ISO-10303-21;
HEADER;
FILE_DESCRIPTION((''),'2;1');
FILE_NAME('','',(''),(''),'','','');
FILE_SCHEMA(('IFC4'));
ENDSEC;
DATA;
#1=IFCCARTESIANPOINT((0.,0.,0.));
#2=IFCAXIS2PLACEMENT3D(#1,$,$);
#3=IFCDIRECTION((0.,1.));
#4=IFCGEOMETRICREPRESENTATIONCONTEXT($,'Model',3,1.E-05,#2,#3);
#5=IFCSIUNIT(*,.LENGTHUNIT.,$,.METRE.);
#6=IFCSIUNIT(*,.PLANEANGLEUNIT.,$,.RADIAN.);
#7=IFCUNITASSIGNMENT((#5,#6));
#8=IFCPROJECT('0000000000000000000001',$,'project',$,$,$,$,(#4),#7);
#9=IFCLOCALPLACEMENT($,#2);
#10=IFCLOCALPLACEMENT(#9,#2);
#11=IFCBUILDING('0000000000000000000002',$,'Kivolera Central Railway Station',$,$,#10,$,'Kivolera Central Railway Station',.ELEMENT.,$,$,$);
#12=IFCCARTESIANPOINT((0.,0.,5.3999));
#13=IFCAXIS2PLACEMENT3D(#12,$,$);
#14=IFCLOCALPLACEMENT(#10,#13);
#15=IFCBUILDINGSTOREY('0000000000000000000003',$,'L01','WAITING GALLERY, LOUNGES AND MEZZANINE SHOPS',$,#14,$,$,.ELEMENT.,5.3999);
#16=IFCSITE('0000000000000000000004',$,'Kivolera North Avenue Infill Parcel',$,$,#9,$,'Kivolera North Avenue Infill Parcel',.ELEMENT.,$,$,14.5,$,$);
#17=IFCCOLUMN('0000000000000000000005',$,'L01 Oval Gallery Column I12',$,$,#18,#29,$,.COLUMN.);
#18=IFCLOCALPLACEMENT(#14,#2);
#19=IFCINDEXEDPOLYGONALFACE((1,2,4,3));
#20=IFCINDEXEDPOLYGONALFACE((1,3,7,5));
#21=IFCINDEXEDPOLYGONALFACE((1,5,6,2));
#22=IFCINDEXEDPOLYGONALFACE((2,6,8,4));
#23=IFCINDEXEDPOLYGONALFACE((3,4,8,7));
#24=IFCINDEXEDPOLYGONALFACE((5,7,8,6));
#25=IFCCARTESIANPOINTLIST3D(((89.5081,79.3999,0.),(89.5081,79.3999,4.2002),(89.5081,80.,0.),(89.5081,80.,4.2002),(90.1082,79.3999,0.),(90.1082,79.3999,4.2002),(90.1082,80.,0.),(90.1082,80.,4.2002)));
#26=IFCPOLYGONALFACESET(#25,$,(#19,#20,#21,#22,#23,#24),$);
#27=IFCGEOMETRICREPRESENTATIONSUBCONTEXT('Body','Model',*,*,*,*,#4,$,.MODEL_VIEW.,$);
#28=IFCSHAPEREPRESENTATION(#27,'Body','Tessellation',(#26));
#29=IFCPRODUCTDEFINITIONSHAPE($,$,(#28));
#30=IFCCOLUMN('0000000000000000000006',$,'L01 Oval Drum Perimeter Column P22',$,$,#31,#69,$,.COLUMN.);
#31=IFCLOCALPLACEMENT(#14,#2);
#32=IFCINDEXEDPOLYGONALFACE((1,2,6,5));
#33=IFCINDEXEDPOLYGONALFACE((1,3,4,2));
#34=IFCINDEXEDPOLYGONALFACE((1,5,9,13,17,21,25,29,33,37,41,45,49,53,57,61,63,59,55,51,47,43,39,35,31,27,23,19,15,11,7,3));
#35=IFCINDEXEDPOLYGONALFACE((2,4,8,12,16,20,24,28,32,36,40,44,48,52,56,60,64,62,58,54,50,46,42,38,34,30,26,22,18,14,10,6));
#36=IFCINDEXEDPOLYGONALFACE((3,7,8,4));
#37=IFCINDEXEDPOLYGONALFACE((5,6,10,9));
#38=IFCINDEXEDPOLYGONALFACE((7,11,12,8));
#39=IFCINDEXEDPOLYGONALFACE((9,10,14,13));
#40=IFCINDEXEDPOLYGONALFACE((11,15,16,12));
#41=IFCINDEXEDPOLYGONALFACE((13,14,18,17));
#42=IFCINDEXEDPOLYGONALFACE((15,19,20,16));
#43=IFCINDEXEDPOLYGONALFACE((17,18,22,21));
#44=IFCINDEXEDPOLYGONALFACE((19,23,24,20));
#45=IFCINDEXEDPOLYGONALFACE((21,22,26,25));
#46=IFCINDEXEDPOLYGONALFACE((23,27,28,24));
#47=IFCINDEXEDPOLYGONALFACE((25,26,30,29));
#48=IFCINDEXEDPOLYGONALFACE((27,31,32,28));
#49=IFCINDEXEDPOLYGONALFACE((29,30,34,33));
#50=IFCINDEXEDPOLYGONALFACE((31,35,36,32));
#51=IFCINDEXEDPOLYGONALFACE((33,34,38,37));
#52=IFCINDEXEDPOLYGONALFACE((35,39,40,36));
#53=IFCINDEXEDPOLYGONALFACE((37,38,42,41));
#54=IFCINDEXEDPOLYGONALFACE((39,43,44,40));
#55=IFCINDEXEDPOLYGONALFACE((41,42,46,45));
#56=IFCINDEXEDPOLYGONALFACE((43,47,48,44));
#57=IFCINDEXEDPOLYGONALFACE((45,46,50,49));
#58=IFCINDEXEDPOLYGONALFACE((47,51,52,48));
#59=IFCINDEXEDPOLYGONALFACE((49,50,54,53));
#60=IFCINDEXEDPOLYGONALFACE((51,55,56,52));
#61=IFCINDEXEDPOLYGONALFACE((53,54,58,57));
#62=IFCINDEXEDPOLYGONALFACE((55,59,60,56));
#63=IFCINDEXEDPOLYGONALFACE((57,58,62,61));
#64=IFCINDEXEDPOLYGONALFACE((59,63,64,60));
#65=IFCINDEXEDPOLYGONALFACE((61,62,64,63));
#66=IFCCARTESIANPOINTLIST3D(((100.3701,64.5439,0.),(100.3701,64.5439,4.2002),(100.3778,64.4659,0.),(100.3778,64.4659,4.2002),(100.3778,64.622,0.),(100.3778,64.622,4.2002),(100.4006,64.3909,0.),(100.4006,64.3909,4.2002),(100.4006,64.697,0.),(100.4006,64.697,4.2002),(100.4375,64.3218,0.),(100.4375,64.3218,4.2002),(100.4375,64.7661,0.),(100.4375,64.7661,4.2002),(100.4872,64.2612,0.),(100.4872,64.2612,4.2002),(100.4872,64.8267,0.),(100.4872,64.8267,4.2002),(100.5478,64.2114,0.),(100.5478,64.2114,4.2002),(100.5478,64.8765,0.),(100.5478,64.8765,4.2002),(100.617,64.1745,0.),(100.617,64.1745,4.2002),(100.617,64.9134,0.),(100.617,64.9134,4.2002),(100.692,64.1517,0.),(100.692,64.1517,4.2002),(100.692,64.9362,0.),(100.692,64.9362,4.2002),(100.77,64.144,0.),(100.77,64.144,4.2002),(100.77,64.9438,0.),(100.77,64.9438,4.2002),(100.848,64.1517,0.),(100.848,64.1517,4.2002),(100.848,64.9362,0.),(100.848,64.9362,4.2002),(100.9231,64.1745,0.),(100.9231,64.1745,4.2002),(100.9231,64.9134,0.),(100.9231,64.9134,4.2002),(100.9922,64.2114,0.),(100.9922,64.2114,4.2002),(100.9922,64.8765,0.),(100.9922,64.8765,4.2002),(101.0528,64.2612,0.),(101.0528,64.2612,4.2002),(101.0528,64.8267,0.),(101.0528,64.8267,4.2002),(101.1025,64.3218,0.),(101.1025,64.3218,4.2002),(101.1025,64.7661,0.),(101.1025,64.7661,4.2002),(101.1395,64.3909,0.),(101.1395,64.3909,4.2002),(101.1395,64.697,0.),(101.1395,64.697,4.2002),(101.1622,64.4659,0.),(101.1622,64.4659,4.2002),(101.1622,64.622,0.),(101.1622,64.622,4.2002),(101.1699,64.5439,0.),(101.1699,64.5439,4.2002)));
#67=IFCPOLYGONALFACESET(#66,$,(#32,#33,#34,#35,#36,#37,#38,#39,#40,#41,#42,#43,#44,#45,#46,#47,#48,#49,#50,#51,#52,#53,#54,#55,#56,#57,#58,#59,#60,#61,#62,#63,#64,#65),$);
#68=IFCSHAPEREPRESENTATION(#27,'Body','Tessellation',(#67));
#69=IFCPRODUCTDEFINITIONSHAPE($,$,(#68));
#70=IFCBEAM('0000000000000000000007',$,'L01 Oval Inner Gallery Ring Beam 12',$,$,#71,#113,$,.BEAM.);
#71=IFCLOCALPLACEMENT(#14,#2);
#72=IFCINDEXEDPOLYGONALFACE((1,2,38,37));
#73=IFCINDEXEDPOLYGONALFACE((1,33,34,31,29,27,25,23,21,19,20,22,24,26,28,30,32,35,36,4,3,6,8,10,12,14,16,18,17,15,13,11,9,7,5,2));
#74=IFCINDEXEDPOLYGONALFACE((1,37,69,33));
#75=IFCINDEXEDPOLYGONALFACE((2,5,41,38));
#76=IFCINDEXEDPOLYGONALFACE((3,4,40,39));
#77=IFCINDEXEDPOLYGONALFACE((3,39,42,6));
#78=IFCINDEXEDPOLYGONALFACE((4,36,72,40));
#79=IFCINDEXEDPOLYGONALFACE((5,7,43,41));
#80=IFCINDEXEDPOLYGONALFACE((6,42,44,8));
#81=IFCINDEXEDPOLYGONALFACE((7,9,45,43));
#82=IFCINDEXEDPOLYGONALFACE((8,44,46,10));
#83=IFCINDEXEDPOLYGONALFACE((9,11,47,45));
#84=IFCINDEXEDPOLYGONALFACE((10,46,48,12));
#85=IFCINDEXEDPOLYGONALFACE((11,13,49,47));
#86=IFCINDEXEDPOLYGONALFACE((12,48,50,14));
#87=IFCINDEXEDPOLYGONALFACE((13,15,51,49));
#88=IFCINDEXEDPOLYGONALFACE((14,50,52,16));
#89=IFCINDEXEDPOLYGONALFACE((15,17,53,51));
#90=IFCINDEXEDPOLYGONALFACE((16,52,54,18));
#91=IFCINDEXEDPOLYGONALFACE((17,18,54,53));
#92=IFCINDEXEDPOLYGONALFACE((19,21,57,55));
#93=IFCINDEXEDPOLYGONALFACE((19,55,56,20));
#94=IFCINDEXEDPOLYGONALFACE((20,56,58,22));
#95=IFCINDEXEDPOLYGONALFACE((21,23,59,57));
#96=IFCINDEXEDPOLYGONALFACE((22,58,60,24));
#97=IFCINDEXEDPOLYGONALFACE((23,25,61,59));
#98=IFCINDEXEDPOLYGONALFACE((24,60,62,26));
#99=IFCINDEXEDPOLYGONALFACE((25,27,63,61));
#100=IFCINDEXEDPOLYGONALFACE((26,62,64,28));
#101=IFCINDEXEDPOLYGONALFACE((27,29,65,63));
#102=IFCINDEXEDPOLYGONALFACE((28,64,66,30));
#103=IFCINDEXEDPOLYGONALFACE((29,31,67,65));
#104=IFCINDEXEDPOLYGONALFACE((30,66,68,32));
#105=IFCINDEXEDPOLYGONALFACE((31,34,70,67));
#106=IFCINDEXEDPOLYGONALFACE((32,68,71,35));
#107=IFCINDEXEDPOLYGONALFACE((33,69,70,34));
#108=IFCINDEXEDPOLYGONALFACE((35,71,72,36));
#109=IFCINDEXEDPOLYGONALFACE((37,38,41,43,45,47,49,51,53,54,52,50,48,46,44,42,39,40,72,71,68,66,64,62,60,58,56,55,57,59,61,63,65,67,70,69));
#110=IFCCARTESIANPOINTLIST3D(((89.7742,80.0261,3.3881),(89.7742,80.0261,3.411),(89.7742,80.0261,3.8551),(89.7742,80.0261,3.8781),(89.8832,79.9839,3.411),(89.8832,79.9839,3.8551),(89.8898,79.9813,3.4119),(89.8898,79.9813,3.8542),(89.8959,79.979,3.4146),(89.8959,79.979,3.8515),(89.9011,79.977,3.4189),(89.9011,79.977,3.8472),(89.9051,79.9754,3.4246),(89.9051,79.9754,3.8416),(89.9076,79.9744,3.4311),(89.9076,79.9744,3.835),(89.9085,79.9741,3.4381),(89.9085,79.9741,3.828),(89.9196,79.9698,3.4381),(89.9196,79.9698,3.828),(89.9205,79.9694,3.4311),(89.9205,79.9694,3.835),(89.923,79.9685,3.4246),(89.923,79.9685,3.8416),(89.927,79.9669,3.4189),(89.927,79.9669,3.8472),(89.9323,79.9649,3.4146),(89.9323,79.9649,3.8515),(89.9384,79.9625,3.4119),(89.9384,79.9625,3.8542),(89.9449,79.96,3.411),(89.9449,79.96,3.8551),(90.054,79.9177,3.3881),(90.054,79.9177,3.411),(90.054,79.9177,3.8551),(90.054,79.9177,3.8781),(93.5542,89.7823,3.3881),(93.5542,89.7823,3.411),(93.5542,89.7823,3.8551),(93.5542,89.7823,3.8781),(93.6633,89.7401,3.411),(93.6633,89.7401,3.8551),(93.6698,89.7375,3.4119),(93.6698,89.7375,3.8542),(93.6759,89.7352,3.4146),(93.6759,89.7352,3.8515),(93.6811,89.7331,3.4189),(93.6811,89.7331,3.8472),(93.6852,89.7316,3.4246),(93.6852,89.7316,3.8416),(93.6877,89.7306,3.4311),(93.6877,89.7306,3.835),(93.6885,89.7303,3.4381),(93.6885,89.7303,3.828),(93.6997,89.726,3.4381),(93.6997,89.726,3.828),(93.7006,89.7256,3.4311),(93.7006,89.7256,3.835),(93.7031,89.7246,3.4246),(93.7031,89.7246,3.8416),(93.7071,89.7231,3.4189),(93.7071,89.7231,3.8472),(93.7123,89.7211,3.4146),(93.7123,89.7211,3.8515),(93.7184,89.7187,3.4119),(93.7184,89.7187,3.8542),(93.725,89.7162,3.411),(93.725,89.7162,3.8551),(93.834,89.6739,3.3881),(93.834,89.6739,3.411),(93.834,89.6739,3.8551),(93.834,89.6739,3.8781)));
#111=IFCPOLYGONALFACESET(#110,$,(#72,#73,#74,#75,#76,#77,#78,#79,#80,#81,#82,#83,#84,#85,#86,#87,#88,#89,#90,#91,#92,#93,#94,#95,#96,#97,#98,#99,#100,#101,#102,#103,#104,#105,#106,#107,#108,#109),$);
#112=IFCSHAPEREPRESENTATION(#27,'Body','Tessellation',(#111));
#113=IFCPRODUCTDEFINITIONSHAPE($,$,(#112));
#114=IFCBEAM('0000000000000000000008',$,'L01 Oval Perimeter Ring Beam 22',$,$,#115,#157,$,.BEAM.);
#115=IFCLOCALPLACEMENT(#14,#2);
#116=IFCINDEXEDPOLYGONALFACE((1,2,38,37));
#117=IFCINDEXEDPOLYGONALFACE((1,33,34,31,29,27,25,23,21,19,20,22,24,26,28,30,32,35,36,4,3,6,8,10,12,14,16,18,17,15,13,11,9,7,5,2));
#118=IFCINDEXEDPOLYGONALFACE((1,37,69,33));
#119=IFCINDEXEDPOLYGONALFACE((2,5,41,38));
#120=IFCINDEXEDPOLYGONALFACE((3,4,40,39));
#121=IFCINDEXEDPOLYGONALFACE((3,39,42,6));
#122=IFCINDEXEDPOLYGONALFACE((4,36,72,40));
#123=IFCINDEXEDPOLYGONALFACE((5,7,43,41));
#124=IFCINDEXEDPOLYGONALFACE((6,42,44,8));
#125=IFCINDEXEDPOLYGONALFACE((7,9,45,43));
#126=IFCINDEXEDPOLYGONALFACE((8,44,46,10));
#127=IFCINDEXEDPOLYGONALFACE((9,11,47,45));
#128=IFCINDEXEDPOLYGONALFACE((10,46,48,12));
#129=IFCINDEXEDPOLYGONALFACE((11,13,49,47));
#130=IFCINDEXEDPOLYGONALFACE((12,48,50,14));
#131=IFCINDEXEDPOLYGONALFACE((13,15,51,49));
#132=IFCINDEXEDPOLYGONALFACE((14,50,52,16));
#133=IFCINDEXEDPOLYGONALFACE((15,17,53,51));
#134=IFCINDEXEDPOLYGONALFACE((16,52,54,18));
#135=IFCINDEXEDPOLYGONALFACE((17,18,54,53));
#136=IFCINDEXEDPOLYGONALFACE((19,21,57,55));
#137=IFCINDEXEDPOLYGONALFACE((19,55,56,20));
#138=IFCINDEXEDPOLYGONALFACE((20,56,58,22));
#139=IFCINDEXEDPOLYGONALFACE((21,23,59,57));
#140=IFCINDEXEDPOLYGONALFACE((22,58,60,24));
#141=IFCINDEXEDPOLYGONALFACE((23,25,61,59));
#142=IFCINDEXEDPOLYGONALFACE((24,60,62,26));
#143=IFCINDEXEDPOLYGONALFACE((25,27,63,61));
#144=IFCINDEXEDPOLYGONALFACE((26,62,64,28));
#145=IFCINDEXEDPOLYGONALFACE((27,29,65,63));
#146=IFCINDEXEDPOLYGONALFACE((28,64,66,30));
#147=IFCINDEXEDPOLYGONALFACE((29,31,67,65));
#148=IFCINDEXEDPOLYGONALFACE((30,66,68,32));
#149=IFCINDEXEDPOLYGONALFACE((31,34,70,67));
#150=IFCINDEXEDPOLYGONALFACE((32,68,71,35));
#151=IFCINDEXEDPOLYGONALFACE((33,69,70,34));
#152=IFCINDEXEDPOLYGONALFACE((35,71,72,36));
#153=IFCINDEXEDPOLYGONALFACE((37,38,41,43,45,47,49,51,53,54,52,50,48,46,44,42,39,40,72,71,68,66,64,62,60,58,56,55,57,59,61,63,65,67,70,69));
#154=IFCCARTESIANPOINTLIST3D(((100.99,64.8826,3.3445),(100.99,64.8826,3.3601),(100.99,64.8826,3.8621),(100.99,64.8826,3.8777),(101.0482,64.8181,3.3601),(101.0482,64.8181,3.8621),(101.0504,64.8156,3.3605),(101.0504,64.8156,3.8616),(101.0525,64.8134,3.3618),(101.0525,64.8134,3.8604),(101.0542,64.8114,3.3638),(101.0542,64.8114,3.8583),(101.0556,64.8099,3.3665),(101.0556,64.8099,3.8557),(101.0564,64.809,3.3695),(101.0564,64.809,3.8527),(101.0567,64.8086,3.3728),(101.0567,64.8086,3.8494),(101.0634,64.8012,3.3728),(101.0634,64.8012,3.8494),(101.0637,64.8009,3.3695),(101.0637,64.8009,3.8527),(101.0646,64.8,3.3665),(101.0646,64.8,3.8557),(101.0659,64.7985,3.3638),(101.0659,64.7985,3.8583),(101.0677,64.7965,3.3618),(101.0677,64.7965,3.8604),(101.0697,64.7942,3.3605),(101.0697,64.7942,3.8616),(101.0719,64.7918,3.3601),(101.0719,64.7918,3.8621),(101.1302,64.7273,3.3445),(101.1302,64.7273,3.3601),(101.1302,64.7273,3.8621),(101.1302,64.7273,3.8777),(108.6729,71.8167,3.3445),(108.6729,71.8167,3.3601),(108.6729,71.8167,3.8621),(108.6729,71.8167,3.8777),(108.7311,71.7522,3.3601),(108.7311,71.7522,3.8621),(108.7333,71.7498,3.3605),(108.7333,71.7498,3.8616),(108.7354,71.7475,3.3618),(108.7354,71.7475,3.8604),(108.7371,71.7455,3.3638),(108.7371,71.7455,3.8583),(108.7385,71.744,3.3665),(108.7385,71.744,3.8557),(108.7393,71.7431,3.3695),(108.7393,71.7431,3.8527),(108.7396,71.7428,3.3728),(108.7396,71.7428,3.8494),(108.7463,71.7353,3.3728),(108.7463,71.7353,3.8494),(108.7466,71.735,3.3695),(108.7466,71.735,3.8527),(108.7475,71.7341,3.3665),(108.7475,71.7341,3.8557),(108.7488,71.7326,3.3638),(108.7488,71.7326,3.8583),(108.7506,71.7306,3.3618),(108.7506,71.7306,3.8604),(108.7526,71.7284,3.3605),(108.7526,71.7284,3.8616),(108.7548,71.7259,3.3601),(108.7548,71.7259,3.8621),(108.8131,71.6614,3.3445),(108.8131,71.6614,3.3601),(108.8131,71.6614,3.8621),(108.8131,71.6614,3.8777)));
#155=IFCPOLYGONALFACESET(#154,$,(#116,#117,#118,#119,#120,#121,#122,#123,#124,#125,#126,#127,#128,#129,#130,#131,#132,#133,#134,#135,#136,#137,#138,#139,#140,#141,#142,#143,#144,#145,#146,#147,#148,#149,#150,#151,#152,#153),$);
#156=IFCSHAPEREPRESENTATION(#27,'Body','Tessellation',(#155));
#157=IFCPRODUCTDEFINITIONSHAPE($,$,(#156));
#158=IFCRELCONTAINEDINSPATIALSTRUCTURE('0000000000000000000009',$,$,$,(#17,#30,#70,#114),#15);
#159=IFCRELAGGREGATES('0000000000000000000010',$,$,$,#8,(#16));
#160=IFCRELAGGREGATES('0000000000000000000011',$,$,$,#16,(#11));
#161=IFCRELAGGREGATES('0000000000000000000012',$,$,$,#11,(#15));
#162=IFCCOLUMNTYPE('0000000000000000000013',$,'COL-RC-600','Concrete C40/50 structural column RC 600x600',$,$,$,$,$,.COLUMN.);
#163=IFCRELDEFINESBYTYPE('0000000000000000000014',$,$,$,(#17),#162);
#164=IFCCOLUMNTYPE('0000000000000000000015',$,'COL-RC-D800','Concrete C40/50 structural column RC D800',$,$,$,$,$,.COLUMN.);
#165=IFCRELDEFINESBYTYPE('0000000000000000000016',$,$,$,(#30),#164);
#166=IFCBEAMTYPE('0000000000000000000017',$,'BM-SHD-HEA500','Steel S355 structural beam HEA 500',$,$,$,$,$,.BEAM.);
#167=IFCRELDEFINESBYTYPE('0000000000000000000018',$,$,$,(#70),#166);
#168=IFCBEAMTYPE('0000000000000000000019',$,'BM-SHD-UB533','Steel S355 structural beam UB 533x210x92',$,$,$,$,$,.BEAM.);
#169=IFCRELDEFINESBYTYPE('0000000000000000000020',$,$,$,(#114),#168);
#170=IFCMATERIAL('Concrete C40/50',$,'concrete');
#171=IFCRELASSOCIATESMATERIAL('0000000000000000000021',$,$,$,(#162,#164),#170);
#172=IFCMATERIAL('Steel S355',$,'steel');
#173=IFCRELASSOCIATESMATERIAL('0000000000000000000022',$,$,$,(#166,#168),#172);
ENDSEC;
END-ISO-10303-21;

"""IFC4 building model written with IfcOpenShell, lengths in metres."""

from ifc_helpers import new_model, si_unit, direction, frame, origin, origin_2d, place, context, subcontext, project, spatial, rectangle, circle, i_section, extrude, material, material_profile, profile_set, type_object, element, save


model = new_model("IFC4")

# Units and contexts
model_context = context("Model", 3, precision=1e-05, world=origin(), true_north=direction((0.0, 1.0)))
body_context = subcontext(model_context, "Body", "Model", "MODEL_VIEW")
ifc_project = project(units=[si_unit("LENGTHUNIT", "METRE"), si_unit("PLANEANGLEUNIT", "RADIAN")], contexts=[model_context])

# Site, building, storey
site_placement = place(None, origin())
site = spatial("IfcSite", under=ifc_project, at=site_placement, Name="Kivolera North Avenue Infill Parcel", LongName="Kivolera North Avenue Infill Parcel", CompositionType="ELEMENT", RefElevation=14.5)
building_placement = place(site_placement, origin())
building = spatial("IfcBuilding", under=site, at=building_placement, Name="Kivolera Central Railway Station", LongName="Kivolera Central Railway Station", CompositionType="ELEMENT")
storey_placement = place(building_placement, frame((0.0, 0.0, 5.3999)))
storey = spatial("IfcBuildingStorey", under=building, at=storey_placement, Name="L01", Description="WAITING GALLERY, LOUNGES AND MEZZANINE SHOPS", CompositionType="ELEMENT", Elevation=5.3999)

# Columns
ifc_material_1 = material(Name="Concrete C40/50", Category="concrete")
ifc_material_profile_1 = material_profile(ifc_material_1, rectangle(XDim=0.6001, YDim=0.6001, at=origin_2d()), Name="RC 600x600")
ifc_profile_set_1 = profile_set([ifc_material_profile_1], Name="Concrete C40/50")
column_type_1 = type_object("IfcColumnType", Name="COL-RC-600", Description="Concrete C40/50 structural column RC 600x600", PredefinedType="COLUMN", material=ifc_profile_set_1)
column_1_placement = place(storey_placement, frame((89.8081, 79.7, 0.0), z_axis=(0.0, 0.0, 1.0), x_axis=(1.0, 0.0, 0.0)))
element("IfcColumn", 1, at=column_1_placement, inside=storey, type_object=column_type_1, Name="L01 Oval Gallery Column I12", PredefinedType="COLUMN", context=body_context, shape_type="SweptSolid", body=[
    extrude(rectangle(XDim=0.6001, YDim=0.6001, at=origin_2d()), origin(), (0.0, 0.0, 1.0), 4.2002),
])
ifc_material_profile_2 = material_profile(ifc_material_1, circle(Radius=0.3999, at=origin_2d()), Name="RC D800")
ifc_profile_set_2 = profile_set([ifc_material_profile_2], Name="Concrete C40/50")
column_type_2 = type_object("IfcColumnType", Name="COL-RC-D800", Description="Concrete C40/50 structural column RC D800", PredefinedType="COLUMN", material=ifc_profile_set_2)
column_2_placement = place(storey_placement, frame((100.77, 64.5439, 0.0), z_axis=(0.0, 0.0, 1.0), x_axis=(1.0, 0.0, 0.0)))
element("IfcColumn", 2, at=column_2_placement, inside=storey, type_object=column_type_2, Name="L01 Oval Drum Perimeter Column P22", PredefinedType="COLUMN", context=body_context, shape_type="SweptSolid", body=[
    extrude(circle(Radius=0.3999, at=origin_2d()), origin(), (0.0, 0.0, 1.0), 4.2002),
])

# Beams
ifc_material_2 = material(Name="Steel S355", Category="steel")
ifc_material_profile_3 = material_profile(ifc_material_2, i_section(OverallWidth=0.3, OverallDepth=0.49, WebThickness=0.012, FlangeThickness=0.0229, FilletRadius=0.0271, at=origin_2d()), Name="HEA 500")
ifc_profile_set_3 = profile_set([ifc_material_profile_3], Name="Steel S355")
beam_type_1 = type_object("IfcBeamType", Name="BM-SHD-HEA500", Description="Steel S355 structural beam HEA 500", PredefinedType="BEAM", material=ifc_profile_set_3)
beam_1_placement = place(storey_placement, frame((89.9141, 79.9719, 3.6331), z_axis=(0.361283, 0.932456, 0.0), x_axis=(-0.932456, 0.361283, 0.0)))
element("IfcBeam", 3, at=beam_1_placement, inside=storey, type_object=beam_type_1, Name="L01 Oval Inner Gallery Ring Beam 12", PredefinedType="BEAM", context=body_context, shape_type="SweptSolid", body=[
    extrude(i_section(OverallWidth=0.3, OverallDepth=0.49, WebThickness=0.012, FlangeThickness=0.0229, FilletRadius=0.0271, at=origin_2d()), origin(), (0.0, 0.0, 1.0), 10.4629),
])
ifc_material_profile_4 = material_profile(ifc_material_2, i_section(OverallWidth=0.2092, OverallDepth=0.5332, WebThickness=0.01, FlangeThickness=0.0156, FilletRadius=0.0127, at=origin_2d()), Name="UB 533x210x92")
ifc_profile_set_4 = profile_set([ifc_material_profile_4], Name="Steel S355")
beam_type_2 = type_object("IfcBeamType", Name="BM-SHD-UB533", Description="Steel S355 structural beam UB 533x210x92", PredefinedType="BEAM", material=ifc_profile_set_4)
beam_2_placement = place(storey_placement, frame((101.0601, 64.8049, 3.6111), z_axis=(0.742356, 0.670005, 0.0), x_axis=(-0.670005, 0.742356, 0.0)))
element("IfcBeam", 4, at=beam_2_placement, inside=storey, type_object=beam_type_2, Name="L01 Oval Perimeter Ring Beam 22", PredefinedType="BEAM", context=body_context, shape_type="SweptSolid", body=[
    extrude(i_section(OverallWidth=0.2092, OverallDepth=0.5332, WebThickness=0.01, FlangeThickness=0.0156, FilletRadius=0.0127, at=origin_2d()), origin(), (0.0, 0.0, 1.0), 10.3494),
])

save(model, "model.ifc")
